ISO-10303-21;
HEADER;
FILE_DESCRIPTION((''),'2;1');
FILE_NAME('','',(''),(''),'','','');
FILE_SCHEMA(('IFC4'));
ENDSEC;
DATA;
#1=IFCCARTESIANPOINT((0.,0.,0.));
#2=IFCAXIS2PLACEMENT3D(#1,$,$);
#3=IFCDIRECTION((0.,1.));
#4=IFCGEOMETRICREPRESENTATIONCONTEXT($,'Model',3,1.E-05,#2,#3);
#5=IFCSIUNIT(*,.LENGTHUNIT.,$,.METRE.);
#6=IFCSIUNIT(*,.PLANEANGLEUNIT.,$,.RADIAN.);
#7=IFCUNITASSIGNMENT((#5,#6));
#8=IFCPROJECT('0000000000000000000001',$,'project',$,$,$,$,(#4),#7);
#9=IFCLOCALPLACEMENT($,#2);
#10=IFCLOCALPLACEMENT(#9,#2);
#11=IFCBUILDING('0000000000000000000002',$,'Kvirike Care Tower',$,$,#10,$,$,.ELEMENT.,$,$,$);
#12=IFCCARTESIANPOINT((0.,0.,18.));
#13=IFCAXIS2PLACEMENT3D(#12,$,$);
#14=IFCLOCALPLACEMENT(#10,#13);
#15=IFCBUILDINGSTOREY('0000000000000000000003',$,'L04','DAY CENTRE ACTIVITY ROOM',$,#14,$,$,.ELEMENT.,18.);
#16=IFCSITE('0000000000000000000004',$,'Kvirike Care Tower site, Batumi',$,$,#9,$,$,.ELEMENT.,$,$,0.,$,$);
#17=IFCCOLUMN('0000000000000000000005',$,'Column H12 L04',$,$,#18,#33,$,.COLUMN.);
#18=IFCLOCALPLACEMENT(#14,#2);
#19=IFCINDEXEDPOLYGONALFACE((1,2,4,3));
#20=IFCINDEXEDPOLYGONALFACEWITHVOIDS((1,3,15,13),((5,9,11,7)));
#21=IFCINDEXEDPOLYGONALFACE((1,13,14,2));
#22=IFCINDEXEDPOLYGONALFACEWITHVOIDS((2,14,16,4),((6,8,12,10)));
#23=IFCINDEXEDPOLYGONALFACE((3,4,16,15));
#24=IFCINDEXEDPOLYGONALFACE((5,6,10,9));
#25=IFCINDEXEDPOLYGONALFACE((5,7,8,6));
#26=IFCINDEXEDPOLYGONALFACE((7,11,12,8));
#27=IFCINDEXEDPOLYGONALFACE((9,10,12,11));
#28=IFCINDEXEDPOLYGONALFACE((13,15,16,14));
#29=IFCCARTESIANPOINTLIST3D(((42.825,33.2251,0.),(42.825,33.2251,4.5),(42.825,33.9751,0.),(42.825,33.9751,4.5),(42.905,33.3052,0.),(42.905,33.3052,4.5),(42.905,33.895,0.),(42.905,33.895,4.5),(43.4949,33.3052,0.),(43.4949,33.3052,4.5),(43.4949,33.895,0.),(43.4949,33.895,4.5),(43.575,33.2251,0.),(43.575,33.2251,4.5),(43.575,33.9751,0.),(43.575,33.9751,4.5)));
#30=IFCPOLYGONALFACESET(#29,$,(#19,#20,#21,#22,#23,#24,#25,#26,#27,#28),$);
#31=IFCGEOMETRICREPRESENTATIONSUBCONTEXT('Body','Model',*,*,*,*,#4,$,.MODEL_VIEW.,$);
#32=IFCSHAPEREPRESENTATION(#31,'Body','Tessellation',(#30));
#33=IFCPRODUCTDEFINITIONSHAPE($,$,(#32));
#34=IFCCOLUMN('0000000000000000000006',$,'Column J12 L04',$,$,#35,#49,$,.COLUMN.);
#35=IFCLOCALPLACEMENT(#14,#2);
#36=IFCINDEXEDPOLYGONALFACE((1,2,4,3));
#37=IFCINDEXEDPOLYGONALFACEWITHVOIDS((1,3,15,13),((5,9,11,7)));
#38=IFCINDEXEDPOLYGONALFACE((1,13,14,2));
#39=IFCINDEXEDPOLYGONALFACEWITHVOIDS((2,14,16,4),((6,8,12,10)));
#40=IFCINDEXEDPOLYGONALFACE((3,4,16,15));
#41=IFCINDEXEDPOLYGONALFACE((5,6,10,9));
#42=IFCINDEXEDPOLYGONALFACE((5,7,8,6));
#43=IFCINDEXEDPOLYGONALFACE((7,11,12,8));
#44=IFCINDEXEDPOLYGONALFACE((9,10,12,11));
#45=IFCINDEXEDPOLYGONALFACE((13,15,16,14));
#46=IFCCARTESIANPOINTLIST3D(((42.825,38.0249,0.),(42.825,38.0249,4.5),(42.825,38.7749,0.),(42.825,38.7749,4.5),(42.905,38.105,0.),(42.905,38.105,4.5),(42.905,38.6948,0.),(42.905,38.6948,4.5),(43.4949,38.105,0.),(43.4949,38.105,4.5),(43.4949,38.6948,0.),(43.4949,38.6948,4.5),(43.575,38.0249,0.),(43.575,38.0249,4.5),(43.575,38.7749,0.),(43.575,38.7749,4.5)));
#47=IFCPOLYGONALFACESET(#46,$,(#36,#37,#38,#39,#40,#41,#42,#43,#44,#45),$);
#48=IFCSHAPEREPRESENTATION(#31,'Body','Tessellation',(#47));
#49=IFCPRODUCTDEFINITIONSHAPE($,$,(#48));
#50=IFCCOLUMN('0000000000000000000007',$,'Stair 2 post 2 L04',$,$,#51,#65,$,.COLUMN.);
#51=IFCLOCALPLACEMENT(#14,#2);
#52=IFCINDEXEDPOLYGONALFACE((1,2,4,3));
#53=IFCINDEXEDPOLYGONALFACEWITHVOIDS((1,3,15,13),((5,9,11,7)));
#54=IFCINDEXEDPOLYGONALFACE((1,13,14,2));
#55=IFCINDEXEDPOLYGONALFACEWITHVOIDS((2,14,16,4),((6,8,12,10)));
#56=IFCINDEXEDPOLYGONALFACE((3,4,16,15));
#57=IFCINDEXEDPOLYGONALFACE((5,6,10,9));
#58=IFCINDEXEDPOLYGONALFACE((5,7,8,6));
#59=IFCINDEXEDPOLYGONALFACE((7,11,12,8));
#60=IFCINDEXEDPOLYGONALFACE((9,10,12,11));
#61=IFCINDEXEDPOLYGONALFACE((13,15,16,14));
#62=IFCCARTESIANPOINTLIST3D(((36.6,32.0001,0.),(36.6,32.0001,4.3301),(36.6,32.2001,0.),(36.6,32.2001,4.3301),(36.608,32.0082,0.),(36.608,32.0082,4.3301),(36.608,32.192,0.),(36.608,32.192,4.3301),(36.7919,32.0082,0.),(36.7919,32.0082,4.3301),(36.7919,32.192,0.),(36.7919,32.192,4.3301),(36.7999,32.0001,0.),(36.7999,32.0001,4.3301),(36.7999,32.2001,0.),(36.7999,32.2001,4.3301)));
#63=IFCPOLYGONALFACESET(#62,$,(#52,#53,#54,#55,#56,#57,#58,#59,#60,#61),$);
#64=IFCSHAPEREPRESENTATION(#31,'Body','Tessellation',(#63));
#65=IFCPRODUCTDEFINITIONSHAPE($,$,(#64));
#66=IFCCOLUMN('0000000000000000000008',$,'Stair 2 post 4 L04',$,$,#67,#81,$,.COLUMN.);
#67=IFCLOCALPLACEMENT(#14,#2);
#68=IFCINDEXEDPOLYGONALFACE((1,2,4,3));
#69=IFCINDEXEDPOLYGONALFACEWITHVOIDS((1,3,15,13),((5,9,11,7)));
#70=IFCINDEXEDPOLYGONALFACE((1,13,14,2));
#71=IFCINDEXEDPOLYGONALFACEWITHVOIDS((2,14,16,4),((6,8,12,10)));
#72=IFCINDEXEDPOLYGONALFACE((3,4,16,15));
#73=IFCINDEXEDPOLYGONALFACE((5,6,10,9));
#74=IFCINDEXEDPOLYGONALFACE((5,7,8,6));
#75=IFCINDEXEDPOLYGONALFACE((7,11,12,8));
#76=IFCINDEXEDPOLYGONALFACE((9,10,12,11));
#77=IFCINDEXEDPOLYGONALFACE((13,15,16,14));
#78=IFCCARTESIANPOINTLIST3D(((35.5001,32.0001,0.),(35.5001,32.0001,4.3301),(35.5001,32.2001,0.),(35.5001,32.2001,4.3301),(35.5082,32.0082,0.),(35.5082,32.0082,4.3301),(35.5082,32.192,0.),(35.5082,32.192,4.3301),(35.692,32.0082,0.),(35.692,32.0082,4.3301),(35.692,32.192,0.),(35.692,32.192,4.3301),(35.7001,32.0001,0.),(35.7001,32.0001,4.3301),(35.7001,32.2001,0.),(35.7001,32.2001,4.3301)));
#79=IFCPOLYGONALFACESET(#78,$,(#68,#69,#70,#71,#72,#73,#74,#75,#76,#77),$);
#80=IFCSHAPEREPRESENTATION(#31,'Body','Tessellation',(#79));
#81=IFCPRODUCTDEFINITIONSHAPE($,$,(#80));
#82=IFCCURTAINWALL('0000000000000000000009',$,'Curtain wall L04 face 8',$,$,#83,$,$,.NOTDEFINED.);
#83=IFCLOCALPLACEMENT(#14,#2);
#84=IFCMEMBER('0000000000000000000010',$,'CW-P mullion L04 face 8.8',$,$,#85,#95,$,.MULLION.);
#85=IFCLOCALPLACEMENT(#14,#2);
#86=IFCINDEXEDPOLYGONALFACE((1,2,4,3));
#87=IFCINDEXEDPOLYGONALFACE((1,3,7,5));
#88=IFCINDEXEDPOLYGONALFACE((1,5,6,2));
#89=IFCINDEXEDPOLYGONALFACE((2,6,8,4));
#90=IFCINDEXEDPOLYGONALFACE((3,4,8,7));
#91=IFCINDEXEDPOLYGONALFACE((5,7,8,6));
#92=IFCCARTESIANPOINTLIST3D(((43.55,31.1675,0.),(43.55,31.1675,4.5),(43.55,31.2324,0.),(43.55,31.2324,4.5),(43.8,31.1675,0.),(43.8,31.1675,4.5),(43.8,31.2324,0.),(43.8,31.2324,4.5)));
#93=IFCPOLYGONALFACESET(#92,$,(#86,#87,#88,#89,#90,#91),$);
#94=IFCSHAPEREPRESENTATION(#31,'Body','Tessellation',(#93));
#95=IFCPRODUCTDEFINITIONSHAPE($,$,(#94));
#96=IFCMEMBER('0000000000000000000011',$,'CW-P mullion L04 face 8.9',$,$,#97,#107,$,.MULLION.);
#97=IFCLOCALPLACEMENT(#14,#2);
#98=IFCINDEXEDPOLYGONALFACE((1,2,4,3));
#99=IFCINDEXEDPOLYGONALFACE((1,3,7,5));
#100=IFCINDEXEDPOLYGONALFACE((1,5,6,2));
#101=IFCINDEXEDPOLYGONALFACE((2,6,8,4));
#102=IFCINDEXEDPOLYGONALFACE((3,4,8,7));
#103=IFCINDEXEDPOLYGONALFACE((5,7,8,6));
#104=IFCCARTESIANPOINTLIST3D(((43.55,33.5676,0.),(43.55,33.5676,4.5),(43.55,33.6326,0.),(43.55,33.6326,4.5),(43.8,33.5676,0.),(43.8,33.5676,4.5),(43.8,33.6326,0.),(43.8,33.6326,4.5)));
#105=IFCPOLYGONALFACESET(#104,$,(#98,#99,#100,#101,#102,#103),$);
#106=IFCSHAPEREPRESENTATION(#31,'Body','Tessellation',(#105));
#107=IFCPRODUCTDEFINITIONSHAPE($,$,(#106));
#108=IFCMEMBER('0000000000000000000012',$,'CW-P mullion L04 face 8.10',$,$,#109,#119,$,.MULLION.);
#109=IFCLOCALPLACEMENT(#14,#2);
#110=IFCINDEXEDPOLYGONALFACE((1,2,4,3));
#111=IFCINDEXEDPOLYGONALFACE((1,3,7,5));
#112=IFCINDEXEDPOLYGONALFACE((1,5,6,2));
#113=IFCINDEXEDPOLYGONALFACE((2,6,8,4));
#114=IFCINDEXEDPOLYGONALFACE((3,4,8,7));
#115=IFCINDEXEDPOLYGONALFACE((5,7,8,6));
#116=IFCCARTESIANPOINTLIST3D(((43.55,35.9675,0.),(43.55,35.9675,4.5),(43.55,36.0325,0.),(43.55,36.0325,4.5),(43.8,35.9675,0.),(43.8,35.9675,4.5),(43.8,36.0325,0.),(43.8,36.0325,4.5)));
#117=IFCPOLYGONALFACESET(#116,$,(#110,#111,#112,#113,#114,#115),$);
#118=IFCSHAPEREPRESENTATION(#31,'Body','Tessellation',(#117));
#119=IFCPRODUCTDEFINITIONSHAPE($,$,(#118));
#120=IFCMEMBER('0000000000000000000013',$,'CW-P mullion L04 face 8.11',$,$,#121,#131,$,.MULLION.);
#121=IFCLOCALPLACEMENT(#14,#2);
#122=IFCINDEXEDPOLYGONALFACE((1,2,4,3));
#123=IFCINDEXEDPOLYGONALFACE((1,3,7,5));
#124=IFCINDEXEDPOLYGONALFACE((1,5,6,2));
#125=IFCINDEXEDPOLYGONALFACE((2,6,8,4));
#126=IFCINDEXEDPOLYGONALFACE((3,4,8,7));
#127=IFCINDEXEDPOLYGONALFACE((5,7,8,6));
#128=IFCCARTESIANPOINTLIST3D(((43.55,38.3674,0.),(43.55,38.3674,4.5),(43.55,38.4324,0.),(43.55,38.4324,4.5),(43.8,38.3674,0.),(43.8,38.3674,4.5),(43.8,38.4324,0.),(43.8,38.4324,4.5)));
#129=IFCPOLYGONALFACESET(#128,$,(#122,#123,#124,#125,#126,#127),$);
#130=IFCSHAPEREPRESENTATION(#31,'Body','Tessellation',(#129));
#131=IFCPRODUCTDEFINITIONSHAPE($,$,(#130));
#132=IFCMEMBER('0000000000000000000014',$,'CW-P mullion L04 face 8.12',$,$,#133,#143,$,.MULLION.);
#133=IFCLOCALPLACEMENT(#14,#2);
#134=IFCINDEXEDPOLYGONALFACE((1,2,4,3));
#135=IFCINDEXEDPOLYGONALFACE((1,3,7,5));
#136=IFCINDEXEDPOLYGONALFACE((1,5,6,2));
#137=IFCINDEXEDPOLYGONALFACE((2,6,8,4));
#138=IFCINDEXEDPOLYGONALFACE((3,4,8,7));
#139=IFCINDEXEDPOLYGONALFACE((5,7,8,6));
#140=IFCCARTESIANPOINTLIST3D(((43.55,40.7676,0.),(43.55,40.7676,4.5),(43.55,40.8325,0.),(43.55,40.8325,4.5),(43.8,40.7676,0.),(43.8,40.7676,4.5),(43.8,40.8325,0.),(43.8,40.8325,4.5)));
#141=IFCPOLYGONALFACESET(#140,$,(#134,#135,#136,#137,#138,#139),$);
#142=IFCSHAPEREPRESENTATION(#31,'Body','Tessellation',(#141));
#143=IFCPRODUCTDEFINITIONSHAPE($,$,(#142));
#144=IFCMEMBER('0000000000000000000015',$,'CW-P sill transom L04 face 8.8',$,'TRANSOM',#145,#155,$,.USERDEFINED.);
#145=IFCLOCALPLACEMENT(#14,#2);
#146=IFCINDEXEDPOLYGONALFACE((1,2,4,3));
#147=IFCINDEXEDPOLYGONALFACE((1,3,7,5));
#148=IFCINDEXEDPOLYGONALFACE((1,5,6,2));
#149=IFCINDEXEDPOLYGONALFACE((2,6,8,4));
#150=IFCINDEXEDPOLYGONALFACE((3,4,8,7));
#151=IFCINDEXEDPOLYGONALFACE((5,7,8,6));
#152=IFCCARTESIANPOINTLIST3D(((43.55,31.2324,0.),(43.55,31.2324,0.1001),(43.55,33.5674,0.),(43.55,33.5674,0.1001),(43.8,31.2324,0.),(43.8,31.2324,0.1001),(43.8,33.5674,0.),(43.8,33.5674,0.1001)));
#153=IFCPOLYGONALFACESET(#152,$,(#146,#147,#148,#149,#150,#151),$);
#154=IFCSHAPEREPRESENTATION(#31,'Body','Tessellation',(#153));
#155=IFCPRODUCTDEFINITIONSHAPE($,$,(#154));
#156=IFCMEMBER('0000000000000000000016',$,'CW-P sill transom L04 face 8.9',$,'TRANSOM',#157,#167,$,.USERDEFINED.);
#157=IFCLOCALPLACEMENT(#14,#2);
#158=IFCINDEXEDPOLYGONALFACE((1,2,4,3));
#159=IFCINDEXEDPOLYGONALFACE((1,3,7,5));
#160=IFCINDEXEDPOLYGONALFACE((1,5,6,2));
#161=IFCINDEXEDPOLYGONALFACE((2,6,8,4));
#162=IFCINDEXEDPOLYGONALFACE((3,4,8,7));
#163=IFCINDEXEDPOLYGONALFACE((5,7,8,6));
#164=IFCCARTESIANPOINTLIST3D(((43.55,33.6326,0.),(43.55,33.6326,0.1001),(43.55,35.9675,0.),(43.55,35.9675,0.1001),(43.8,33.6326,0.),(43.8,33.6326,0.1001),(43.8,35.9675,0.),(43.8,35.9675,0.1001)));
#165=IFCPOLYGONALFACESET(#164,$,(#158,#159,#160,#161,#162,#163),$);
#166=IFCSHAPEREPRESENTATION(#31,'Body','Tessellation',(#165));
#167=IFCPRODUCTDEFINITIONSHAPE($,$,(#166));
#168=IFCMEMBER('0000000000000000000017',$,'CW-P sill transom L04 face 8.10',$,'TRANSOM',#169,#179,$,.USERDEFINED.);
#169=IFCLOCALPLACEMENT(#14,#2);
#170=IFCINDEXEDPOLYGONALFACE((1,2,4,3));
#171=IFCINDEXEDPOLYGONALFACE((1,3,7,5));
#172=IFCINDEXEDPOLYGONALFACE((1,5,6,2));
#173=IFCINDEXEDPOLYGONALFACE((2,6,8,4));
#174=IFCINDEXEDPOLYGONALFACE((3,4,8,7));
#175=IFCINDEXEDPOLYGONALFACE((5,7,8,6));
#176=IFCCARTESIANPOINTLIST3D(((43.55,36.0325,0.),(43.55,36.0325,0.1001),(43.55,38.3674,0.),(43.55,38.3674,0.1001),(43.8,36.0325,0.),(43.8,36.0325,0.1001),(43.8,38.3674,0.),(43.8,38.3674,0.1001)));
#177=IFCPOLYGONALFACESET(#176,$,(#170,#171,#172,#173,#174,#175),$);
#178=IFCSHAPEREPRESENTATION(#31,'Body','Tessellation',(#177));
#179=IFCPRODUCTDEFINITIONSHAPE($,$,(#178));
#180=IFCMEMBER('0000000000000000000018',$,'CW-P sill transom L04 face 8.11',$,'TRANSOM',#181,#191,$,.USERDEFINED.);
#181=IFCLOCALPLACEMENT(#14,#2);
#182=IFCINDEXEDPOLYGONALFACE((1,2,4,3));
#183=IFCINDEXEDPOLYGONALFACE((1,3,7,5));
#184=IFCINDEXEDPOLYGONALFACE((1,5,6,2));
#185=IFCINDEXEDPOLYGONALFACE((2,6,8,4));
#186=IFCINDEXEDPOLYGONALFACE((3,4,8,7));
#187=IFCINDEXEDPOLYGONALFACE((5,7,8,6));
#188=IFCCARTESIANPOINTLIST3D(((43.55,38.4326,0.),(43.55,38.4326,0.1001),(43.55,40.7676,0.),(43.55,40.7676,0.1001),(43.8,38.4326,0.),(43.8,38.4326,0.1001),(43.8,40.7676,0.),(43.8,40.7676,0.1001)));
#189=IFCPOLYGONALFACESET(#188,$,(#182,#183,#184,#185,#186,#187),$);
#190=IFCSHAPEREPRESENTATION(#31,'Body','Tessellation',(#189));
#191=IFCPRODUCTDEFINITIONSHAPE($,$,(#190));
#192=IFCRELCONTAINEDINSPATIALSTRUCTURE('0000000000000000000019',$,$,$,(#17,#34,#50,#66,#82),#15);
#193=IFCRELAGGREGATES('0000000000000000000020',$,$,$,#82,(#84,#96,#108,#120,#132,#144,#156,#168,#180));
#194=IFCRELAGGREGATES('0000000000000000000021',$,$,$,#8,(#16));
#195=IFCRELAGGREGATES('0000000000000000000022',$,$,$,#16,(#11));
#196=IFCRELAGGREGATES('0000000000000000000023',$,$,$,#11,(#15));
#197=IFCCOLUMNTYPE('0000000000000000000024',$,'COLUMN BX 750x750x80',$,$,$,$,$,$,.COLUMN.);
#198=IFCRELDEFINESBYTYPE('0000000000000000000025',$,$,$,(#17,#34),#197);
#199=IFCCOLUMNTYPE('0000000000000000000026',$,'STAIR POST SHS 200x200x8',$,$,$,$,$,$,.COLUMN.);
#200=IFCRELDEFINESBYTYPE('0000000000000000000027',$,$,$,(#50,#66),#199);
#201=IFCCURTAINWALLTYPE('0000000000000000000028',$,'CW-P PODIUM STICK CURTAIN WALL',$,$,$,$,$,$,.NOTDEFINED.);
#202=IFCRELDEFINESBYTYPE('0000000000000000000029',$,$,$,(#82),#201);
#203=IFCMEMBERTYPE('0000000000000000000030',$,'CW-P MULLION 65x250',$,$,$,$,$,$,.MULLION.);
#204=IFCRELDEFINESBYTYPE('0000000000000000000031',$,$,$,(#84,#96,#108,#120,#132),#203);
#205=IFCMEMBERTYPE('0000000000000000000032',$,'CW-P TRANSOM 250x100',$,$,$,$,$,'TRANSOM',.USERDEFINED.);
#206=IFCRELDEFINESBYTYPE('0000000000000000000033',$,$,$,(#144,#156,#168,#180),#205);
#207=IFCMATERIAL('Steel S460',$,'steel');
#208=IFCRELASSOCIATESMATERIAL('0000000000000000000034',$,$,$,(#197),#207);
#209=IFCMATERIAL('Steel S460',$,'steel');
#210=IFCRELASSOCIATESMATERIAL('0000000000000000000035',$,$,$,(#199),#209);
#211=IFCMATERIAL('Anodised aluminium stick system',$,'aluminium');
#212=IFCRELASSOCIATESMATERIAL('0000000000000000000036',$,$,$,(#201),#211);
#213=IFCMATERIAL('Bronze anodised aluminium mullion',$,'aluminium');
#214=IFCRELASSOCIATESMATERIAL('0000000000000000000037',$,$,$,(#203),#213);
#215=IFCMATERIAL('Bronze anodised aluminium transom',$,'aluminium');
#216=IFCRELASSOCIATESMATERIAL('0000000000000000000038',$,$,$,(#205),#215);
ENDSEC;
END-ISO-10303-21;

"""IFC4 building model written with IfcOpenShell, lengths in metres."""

from ifc_helpers import new_model, si_unit, direction, frame, origin, origin_2d, place, context, subcontext, project, spatial, rectangle, hollow_rectangle, extrude, material, material_profile, profile_set, type_object, element, aggregate, save


model = new_model("IFC4")

# Units and contexts
model_context = context("Model", 3, precision=1e-05, world=origin(), true_north=direction((0.0, 1.0)))
body_context = subcontext(model_context, "Body", "Model", "MODEL_VIEW")
ifc_project = project(units=[si_unit("LENGTHUNIT", "METRE"), si_unit("PLANEANGLEUNIT", "RADIAN")], contexts=[model_context])

# Site, building, storey
site_placement = place(None, origin())
site = spatial("IfcSite", under=ifc_project, at=site_placement, Name="Kvirike Care Tower site, Batumi", CompositionType="ELEMENT", RefElevation=0.0)
building_placement = place(site_placement, origin())
building = spatial("IfcBuilding", under=site, at=building_placement, Name="Kvirike Care Tower", CompositionType="ELEMENT")
storey_placement = place(building_placement, frame((0.0, 0.0, 18.0)))
storey = spatial("IfcBuildingStorey", under=building, at=storey_placement, Name="L04", Description="DAY CENTRE ACTIVITY ROOM", CompositionType="ELEMENT", Elevation=18.0)

# Columns
ifc_material_1 = material(Name="Steel S460", Category="steel")
ifc_material_profile_1 = material_profile(ifc_material_1, hollow_rectangle(XDim=0.75, YDim=0.75, WallThickness=0.0801, at=origin_2d()), Name="BX 750x750x80")
ifc_profile_set_1 = profile_set([ifc_material_profile_1], Name="Steel S460")
column_type_1 = type_object("IfcColumnType", Name="COLUMN BX 750x750x80", PredefinedType="COLUMN", material=ifc_profile_set_1)
for number, where, z_axis, x_axis, name in (
    (1, (43.2, 33.6001, 0.0), (0.0, 0.0, 1.0), (1.0, 0.0, 0.0), "Column H12 L04"),
    (2, (43.2, 38.3999, 0.0), (0.0, 0.0, 1.0), (1.0, 0.0, 0.0), "Column J12 L04"),
):
    element("IfcColumn", number, at=place(storey_placement, frame(where, z_axis=z_axis, x_axis=x_axis)), inside=storey, type_object=column_type_1, Name=name, PredefinedType="COLUMN", context=body_context, shape_type="SweptSolid", body=[
        extrude(hollow_rectangle(XDim=0.75, YDim=0.75, WallThickness=0.0801, at=origin_2d()), origin(), (0.0, 0.0, 1.0), 4.5),
    ])
ifc_material_2 = material(Name="Steel S460", Category="steel")
ifc_material_profile_2 = material_profile(ifc_material_2, hollow_rectangle(XDim=0.2, YDim=0.2, WallThickness=0.0081, at=origin_2d()), Name="SHS 200x200x8")
ifc_profile_set_2 = profile_set([ifc_material_profile_2], Name="Steel S460")
column_type_2 = type_object("IfcColumnType", Name="STAIR POST SHS 200x200x8", PredefinedType="COLUMN", material=ifc_profile_set_2)
for number, where, z_axis, x_axis, name in (
    (3, (36.7, 32.1001, 0.0), (0.0, 0.0, 1.0), (1.0, 0.0, 0.0), "Stair 2 post 2 L04"),
    (4, (35.6001, 32.1001, 0.0), (0.0, 0.0, 1.0), (1.0, 0.0, 0.0), "Stair 2 post 4 L04"),
):
    element("IfcColumn", number, at=place(storey_placement, frame(where, z_axis=z_axis, x_axis=x_axis)), inside=storey, type_object=column_type_2, Name=name, PredefinedType="COLUMN", context=body_context, shape_type="SweptSolid", body=[
        extrude(hollow_rectangle(XDim=0.2, YDim=0.2, WallThickness=0.0081, at=origin_2d()), origin(), (0.0, 0.0, 1.0), 4.3301),
    ])

# Curtain wall, members
ifc_material_3 = material(Name="Anodised aluminium stick system", Category="aluminium")
curtain_wall_type = type_object("IfcCurtainWallType", Name="CW-P PODIUM STICK CURTAIN WALL", PredefinedType="NOTDEFINED", material=ifc_material_3)
curtain_wall_placement = place(storey_placement, origin())
curtain_wall = element("IfcCurtainWall", 5, at=curtain_wall_placement, inside=storey, type_object=curtain_wall_type, Name="Curtain wall L04 face 8", PredefinedType="NOTDEFINED")
ifc_material_4 = material(Name="Bronze anodised aluminium mullion", Category="aluminium")
ifc_material_profile_3 = material_profile(ifc_material_4, rectangle(XDim=0.0649, YDim=0.25, at=origin_2d()), Name="CW-P MULLION 65x250")
ifc_profile_set_3 = profile_set([ifc_material_profile_3], Name="Bronze anodised aluminium mullion")
member_type_1 = type_object("IfcMemberType", Name="CW-P MULLION 65x250", PredefinedType="MULLION", material=ifc_profile_set_3)
member_1_placement = place(storey_placement, frame((43.675, 31.2, 0.0), z_axis=(0.0, 0.0, 1.0), x_axis=(0.0, 1.0, 0.0)))
member_1 = element("IfcMember", 6, at=member_1_placement, type_object=member_type_1, Name="CW-P mullion L04 face 8.8", PredefinedType="MULLION", context=body_context, shape_type="SweptSolid", body=[
    extrude(rectangle(XDim=0.0649, YDim=0.25, at=origin_2d()), origin(), (0.0, 0.0, 1.0), 4.5),
])
member_2_placement = place(storey_placement, frame((43.675, 33.6001, 0.0), z_axis=(0.0, 0.0, 1.0), x_axis=(0.0, 1.0, 0.0)))
member_2 = element("IfcMember", 7, at=member_2_placement, type_object=member_type_1, Name="CW-P mullion L04 face 8.9", PredefinedType="MULLION", context=body_context, shape_type="SweptSolid", body=[
    extrude(rectangle(XDim=0.0649, YDim=0.25, at=origin_2d()), origin(), (0.0, 0.0, 1.0), 4.5),
])
member_3_placement = place(storey_placement, frame((43.675, 36.0, 0.0), z_axis=(0.0, 0.0, 1.0), x_axis=(0.0, 1.0, 0.0)))
member_3 = element("IfcMember", 8, at=member_3_placement, type_object=member_type_1, Name="CW-P mullion L04 face 8.10", PredefinedType="MULLION", context=body_context, shape_type="SweptSolid", body=[
    extrude(rectangle(XDim=0.0649, YDim=0.25, at=origin_2d()), origin(), (0.0, 0.0, 1.0), 4.5),
])
member_4_placement = place(storey_placement, frame((43.675, 38.3999, 0.0), z_axis=(0.0, 0.0, 1.0), x_axis=(0.0, 1.0, 0.0)))
member_4 = element("IfcMember", 9, at=member_4_placement, type_object=member_type_1, Name="CW-P mullion L04 face 8.11", PredefinedType="MULLION", context=body_context, shape_type="SweptSolid", body=[
    extrude(rectangle(XDim=0.0649, YDim=0.25, at=origin_2d()), origin(), (0.0, 0.0, 1.0), 4.5),
])
member_5_placement = place(storey_placement, frame((43.675, 40.8, 0.0), z_axis=(0.0, 0.0, 1.0), x_axis=(0.0, 1.0, 0.0)))
member_5 = element("IfcMember", 10, at=member_5_placement, type_object=member_type_1, Name="CW-P mullion L04 face 8.12", PredefinedType="MULLION", context=body_context, shape_type="SweptSolid", body=[
    extrude(rectangle(XDim=0.0649, YDim=0.25, at=origin_2d()), origin(), (0.0, 0.0, 1.0), 4.5),
])
ifc_material_5 = material(Name="Bronze anodised aluminium transom", Category="aluminium")
ifc_material_profile_4 = material_profile(ifc_material_5, rectangle(XDim=0.25, YDim=0.1001, at=origin_2d()), Name="CW-P TRANSOM 250x100")
ifc_profile_set_4 = profile_set([ifc_material_profile_4], Name="Bronze anodised aluminium transom")
member_type_2 = type_object("IfcMemberType", Name="CW-P TRANSOM 250x100", ElementType="TRANSOM", PredefinedType="USERDEFINED", material=ifc_profile_set_4)
member_6_placement = place(storey_placement, frame((43.675, 31.2324, 0.05), z_axis=(0.0, 1.0, 0.0), x_axis=(-1.0, 0.0, 0.0)))
member_6 = element("IfcMember", 11, at=member_6_placement, type_object=member_type_2, Name="CW-P sill transom L04 face 8.8", ObjectType="TRANSOM", PredefinedType="USERDEFINED", context=body_context, shape_type="SweptSolid", body=[
    extrude(rectangle(XDim=0.25, YDim=0.1001, at=origin_2d()), origin(), (0.0, 0.0, 1.0), 2.335),
])
member_7_placement = place(storey_placement, frame((43.675, 33.6326, 0.05), z_axis=(0.0, 1.0, 0.0), x_axis=(-1.0, 0.0, 0.0)))
member_7 = element("IfcMember", 12, at=member_7_placement, type_object=member_type_2, Name="CW-P sill transom L04 face 8.9", ObjectType="TRANSOM", PredefinedType="USERDEFINED", context=body_context, shape_type="SweptSolid", body=[
    extrude(rectangle(XDim=0.25, YDim=0.1001, at=origin_2d()), origin(), (0.0, 0.0, 1.0), 2.335),
])
member_8_placement = place(storey_placement, frame((43.675, 36.0325, 0.05), z_axis=(0.0, 1.0, 0.0), x_axis=(-1.0, 0.0, 0.0)))
member_8 = element("IfcMember", 13, at=member_8_placement, type_object=member_type_2, Name="CW-P sill transom L04 face 8.10", ObjectType="TRANSOM", PredefinedType="USERDEFINED", context=body_context, shape_type="SweptSolid", body=[
    extrude(rectangle(XDim=0.25, YDim=0.1001, at=origin_2d()), origin(), (0.0, 0.0, 1.0), 2.335),
])
member_9_placement = place(storey_placement, frame((43.675, 38.4326, 0.05), z_axis=(0.0, 1.0, 0.0), x_axis=(-1.0, 0.0, 0.0)))
member_9 = element("IfcMember", 14, at=member_9_placement, type_object=member_type_2, Name="CW-P sill transom L04 face 8.11", ObjectType="TRANSOM", PredefinedType="USERDEFINED", context=body_context, shape_type="SweptSolid", body=[
    extrude(rectangle(XDim=0.25, YDim=0.1001, at=origin_2d()), origin(), (0.0, 0.0, 1.0), 2.335),
])

aggregate(curtain_wall, [member_1, member_2, member_3, member_4, member_5, member_6, member_7, member_8, member_9])

save(model, "model.ifc")
